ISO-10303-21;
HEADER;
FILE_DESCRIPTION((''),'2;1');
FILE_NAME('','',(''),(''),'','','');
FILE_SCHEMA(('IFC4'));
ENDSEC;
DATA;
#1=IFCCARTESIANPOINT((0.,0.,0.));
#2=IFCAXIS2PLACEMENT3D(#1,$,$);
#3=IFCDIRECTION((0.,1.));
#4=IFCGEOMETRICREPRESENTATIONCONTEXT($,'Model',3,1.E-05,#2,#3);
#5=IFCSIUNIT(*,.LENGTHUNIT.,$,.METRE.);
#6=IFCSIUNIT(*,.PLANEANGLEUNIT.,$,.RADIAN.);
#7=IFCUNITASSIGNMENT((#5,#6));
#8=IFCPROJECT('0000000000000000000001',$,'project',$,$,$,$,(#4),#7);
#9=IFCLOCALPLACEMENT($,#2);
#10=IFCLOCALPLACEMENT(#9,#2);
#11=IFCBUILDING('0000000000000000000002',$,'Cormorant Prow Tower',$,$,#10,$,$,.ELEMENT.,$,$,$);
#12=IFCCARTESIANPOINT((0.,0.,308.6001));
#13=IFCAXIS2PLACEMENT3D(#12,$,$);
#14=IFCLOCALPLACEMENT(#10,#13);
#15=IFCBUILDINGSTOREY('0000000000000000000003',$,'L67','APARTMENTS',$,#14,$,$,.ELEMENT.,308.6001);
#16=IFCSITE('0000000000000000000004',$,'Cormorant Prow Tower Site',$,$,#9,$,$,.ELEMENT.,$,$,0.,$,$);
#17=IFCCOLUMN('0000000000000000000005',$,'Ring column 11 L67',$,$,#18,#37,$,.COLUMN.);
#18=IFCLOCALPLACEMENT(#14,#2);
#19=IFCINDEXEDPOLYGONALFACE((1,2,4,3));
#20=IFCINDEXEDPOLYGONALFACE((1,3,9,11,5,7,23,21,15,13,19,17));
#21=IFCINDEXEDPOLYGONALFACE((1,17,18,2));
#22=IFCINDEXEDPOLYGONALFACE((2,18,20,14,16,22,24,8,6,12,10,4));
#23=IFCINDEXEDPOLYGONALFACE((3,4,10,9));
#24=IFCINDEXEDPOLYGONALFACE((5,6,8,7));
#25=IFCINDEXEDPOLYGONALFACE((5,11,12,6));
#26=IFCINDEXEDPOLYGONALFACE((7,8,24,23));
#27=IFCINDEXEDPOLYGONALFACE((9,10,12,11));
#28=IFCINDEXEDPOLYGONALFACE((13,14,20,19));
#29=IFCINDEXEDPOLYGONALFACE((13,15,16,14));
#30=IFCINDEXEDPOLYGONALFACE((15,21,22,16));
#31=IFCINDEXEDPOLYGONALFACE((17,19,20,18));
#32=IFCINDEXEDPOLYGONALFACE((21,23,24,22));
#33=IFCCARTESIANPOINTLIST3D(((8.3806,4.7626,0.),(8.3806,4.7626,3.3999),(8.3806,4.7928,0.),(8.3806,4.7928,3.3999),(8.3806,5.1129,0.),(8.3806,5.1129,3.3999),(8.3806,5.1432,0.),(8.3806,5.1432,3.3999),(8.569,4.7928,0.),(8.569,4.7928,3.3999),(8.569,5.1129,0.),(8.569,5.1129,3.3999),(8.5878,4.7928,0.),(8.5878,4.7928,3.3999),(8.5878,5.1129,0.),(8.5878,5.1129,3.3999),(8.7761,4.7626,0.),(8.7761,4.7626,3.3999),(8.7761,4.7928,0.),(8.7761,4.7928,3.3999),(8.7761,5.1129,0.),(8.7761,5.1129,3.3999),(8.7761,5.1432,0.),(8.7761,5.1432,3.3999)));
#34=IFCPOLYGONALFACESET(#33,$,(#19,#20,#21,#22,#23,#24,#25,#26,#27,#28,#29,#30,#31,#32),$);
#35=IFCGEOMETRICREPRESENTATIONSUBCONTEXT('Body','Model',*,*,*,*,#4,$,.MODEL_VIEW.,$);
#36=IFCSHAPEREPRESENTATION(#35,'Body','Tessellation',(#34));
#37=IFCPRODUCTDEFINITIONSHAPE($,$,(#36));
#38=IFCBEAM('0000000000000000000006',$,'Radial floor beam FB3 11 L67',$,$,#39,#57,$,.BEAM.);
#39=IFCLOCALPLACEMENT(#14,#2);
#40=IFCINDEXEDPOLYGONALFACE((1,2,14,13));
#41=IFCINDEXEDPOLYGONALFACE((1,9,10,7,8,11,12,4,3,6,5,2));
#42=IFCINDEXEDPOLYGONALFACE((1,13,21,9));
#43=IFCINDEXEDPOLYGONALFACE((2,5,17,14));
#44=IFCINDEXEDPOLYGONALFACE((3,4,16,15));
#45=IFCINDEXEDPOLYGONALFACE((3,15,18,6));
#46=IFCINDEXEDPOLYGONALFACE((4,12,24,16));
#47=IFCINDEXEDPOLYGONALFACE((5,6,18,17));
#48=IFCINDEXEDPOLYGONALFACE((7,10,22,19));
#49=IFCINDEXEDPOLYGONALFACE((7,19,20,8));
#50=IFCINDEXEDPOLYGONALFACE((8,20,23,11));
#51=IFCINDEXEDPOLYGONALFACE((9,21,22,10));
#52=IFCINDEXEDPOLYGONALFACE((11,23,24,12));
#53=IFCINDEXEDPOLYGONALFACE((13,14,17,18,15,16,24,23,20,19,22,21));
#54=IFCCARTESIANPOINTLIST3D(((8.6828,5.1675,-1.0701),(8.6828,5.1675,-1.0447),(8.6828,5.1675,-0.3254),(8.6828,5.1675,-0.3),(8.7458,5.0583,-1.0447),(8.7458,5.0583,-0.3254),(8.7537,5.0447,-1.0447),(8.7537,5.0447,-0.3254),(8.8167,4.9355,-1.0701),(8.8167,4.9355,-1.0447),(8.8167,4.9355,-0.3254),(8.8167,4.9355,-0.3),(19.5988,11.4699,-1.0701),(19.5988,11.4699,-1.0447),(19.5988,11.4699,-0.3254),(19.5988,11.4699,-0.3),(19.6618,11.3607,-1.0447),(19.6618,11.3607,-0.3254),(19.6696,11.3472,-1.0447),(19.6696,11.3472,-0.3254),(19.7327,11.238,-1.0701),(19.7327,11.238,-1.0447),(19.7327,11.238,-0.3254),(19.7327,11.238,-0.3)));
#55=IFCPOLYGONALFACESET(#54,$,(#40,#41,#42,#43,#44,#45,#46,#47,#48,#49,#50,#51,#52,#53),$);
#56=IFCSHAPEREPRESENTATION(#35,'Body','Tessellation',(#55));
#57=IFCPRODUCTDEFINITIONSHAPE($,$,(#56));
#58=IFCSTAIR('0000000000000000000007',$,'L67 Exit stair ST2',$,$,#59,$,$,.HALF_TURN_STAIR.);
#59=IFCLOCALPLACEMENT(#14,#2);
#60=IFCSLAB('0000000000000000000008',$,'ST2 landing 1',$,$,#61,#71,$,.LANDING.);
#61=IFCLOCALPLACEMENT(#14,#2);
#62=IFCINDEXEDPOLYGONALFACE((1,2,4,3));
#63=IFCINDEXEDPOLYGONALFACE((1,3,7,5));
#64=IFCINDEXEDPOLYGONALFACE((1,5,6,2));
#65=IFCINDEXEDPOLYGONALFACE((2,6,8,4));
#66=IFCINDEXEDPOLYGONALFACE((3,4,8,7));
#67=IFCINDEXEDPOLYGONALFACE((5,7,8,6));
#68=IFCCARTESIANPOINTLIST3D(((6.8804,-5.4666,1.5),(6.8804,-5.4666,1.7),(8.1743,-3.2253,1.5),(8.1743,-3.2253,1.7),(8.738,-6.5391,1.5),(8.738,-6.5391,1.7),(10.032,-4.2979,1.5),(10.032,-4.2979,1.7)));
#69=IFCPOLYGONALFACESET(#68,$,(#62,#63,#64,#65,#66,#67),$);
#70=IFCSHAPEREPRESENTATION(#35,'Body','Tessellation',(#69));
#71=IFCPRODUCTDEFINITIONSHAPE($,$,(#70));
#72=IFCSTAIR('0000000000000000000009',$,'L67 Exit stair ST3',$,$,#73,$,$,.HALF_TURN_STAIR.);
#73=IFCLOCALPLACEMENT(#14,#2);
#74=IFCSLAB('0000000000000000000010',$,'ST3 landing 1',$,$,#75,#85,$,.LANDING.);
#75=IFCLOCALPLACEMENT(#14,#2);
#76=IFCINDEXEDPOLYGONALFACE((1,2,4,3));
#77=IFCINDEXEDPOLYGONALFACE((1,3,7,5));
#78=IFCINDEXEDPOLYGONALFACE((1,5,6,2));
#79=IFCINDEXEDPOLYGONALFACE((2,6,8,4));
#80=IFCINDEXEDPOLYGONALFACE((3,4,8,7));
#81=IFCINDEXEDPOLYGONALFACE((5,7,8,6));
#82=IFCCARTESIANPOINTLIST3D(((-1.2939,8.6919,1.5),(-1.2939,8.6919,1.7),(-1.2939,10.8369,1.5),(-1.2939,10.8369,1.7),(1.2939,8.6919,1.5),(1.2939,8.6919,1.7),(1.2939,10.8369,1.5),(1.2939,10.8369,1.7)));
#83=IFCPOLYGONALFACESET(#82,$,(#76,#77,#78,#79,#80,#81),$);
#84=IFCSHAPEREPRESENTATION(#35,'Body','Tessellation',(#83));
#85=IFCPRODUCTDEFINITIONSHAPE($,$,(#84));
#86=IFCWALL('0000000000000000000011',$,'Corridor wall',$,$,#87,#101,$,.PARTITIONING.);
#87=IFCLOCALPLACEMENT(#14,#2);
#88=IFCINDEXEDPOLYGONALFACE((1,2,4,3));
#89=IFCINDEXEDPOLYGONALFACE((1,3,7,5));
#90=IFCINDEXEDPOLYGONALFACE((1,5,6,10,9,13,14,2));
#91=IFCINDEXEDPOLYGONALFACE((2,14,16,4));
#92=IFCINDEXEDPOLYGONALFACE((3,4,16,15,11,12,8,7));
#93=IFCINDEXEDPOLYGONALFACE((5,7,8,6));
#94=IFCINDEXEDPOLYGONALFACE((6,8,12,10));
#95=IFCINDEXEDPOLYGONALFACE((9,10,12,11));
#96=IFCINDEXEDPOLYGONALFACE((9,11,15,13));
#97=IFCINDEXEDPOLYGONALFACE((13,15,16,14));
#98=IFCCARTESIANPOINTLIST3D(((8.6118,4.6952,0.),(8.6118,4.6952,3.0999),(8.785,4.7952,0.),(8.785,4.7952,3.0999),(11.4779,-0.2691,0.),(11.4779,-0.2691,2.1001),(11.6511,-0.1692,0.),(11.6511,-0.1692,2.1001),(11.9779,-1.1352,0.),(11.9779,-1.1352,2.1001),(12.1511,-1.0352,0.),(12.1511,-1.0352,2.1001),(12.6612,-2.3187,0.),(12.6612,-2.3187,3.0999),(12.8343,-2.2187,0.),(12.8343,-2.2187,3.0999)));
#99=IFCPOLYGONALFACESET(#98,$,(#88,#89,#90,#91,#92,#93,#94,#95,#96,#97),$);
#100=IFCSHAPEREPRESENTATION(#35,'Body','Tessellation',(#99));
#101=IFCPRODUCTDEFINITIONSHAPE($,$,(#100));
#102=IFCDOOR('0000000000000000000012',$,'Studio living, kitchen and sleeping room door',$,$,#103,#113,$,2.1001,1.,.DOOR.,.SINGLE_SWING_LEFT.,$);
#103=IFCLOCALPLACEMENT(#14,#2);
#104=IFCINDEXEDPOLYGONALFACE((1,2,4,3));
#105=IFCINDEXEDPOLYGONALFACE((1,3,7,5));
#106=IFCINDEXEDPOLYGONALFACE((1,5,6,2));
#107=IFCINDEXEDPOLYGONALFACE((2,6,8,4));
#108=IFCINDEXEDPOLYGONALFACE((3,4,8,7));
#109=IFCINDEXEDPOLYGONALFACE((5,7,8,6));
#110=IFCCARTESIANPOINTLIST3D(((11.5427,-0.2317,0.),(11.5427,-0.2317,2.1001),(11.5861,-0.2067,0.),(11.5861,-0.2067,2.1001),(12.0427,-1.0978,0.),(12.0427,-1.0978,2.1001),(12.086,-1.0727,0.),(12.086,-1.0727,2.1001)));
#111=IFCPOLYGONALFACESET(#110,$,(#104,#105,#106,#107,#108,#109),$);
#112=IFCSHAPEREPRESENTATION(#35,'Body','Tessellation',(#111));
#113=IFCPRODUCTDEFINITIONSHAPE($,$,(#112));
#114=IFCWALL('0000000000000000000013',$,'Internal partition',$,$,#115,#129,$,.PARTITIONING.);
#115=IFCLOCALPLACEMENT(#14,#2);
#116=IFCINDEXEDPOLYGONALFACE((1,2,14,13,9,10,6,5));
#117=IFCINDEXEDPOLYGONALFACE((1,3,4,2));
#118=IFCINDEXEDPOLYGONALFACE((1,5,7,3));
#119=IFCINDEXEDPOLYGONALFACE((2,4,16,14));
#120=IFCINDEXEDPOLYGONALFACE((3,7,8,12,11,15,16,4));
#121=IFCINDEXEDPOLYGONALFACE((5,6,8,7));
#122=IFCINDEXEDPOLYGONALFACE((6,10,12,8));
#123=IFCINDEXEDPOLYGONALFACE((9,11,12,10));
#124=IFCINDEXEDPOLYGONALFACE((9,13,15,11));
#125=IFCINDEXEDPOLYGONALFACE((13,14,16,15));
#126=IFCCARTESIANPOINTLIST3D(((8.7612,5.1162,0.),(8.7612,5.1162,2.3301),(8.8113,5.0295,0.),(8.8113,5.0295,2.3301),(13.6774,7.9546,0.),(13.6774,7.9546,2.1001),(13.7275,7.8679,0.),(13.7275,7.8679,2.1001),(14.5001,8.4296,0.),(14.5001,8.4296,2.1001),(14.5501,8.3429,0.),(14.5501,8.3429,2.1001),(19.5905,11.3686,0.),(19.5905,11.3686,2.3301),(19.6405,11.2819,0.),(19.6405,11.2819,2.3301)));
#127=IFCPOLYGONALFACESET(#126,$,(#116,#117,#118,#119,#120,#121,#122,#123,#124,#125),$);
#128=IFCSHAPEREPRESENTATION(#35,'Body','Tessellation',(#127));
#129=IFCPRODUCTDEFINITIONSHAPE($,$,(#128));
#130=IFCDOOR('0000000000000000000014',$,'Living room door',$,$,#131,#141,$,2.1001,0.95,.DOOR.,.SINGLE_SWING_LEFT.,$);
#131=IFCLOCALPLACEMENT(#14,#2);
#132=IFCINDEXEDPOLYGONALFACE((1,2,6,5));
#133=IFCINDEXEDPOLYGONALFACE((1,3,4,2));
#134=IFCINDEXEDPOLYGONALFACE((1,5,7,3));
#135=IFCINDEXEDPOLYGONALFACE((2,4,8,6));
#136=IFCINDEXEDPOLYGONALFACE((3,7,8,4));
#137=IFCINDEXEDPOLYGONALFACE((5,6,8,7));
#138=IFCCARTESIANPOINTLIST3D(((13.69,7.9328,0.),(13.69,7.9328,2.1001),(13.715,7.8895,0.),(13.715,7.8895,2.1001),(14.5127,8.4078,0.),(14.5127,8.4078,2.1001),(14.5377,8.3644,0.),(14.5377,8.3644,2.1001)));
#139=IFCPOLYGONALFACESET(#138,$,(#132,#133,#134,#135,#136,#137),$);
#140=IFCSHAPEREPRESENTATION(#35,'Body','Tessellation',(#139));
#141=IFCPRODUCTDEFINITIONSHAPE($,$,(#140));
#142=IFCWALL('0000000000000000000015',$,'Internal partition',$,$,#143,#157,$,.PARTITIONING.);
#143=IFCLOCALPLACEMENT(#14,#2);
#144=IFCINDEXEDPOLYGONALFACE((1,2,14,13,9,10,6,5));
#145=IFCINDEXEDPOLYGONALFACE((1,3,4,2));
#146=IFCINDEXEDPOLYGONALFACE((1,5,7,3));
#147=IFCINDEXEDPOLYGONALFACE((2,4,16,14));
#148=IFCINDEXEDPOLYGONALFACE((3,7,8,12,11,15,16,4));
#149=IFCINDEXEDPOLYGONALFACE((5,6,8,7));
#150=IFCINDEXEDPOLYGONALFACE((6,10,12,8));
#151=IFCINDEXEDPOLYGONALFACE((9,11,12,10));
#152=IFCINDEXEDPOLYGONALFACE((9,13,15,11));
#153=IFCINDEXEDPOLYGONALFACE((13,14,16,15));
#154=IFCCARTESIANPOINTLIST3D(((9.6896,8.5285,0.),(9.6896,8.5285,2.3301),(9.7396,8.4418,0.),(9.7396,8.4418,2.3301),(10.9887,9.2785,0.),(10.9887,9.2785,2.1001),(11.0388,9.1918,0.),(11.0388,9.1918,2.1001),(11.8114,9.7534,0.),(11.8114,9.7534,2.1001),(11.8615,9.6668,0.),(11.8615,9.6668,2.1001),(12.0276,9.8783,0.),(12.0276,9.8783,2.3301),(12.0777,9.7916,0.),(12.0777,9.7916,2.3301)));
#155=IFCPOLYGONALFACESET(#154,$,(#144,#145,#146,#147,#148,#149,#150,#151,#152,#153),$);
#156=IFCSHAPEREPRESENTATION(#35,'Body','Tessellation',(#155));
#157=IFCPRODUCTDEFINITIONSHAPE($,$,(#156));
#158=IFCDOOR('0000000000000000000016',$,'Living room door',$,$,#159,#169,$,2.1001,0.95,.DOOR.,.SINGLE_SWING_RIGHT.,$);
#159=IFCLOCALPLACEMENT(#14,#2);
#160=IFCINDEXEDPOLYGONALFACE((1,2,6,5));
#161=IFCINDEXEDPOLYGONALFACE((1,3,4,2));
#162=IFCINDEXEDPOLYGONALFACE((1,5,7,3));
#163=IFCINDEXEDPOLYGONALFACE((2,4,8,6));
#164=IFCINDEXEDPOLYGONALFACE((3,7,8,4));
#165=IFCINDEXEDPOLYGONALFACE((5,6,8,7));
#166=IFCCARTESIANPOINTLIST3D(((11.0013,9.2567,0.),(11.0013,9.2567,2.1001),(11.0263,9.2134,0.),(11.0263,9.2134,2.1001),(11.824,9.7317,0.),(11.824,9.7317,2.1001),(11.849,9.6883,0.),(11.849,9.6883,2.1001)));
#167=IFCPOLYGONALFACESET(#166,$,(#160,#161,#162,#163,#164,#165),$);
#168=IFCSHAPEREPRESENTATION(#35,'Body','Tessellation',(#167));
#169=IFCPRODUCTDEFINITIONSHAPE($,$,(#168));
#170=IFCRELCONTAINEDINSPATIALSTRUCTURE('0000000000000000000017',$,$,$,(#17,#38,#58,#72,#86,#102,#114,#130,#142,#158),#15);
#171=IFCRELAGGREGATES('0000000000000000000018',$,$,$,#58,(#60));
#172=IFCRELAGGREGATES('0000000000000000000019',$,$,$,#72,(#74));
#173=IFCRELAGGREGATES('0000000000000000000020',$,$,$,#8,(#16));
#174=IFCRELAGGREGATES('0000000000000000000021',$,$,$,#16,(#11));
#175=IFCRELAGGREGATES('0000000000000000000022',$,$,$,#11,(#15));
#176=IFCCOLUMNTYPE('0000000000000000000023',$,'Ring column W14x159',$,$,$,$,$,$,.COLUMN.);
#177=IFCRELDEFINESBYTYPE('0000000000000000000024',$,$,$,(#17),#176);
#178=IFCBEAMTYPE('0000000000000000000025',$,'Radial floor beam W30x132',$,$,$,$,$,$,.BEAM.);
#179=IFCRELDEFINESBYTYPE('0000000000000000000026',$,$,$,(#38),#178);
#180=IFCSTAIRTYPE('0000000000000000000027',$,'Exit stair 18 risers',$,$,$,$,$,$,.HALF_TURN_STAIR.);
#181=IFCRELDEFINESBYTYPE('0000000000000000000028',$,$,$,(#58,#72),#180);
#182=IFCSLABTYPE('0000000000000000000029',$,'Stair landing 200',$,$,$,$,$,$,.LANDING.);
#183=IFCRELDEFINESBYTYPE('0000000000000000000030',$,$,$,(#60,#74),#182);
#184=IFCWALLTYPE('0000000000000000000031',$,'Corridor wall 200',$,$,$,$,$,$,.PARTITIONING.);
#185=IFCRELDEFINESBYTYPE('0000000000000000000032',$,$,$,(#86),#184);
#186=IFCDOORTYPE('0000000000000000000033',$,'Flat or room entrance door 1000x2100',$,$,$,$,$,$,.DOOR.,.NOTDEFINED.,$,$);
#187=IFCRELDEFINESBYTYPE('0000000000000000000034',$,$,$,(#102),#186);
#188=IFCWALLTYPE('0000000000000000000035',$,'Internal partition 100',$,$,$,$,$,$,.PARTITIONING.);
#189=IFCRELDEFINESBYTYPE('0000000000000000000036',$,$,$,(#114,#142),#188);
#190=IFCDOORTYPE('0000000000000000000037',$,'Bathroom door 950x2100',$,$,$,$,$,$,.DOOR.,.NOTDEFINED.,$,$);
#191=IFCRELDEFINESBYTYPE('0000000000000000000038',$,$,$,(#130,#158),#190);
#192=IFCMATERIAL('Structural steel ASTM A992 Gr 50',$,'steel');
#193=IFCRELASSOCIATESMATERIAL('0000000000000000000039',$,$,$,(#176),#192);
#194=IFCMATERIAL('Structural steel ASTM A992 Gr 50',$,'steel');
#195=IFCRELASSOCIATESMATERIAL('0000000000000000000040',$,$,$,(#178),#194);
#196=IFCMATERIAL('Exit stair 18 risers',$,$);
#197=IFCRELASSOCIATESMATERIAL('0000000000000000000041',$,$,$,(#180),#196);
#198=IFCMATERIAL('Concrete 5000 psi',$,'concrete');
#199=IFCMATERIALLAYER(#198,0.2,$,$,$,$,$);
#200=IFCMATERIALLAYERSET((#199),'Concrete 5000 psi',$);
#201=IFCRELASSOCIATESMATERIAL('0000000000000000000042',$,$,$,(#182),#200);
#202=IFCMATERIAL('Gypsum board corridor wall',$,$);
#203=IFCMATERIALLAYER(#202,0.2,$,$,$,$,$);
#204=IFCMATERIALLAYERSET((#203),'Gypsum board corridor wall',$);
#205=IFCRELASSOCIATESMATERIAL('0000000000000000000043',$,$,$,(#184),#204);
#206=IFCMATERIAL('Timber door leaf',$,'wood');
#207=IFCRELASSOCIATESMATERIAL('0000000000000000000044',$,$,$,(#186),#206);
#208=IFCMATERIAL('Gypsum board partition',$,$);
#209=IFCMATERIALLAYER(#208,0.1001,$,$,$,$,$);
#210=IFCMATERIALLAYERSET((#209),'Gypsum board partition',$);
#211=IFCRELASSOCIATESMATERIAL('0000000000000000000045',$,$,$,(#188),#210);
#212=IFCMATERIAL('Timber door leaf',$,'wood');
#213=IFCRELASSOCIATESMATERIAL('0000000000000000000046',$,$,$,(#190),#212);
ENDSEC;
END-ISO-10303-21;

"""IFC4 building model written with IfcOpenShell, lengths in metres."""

from ifc_helpers import new_model, si_unit, direction, frame, frame_2d, origin, origin_2d, place, context, subcontext, project, spatial, polyline, rectangle, i_section, outline, extrude, material, layer, layer_set, material_profile, profile_set, type_object, element, fill, aggregate, save


model = new_model("IFC4")

# Units and contexts
model_context = context("Model", 3, precision=1e-05, world=origin(), true_north=direction((0.0, 1.0)))
body_context = subcontext(model_context, "Body", "Model", "MODEL_VIEW")
ifc_project = project(units=[si_unit("LENGTHUNIT", "METRE"), si_unit("PLANEANGLEUNIT", "RADIAN")], contexts=[model_context])

# Site, building, storey
site_placement = place(None, origin())
site = spatial("IfcSite", under=ifc_project, at=site_placement, Name="Cormorant Prow Tower Site", CompositionType="ELEMENT", RefElevation=0.0)
building_placement = place(site_placement, origin())
building = spatial("IfcBuilding", under=site, at=building_placement, Name="Cormorant Prow Tower", CompositionType="ELEMENT")
storey_placement = place(building_placement, frame((0.0, 0.0, 308.6001)))
storey = spatial("IfcBuildingStorey", under=building, at=storey_placement, Name="L67", Description="APARTMENTS", CompositionType="ELEMENT", Elevation=308.6001)

# Column
ifc_material_1 = material(Name="Structural steel ASTM A992 Gr 50", Category="steel")
ifc_material_profile_1 = material_profile(ifc_material_1, i_section(OverallWidth=0.3955, OverallDepth=0.3806, WebThickness=0.0188, FlangeThickness=0.0303, at=origin_2d()), Name="W14x159")
ifc_profile_set_1 = profile_set([ifc_material_profile_1], Name="Structural steel ASTM A992 Gr 50")
column_type = type_object("IfcColumnType", Name="Ring column W14x159", PredefinedType="COLUMN", material=ifc_profile_set_1)
column_placement = place(storey_placement, frame((8.5784, 4.9529, 0.0), z_axis=(0.0, 0.0, 1.0), x_axis=(1.0, 0.0, 0.0)))
element("IfcColumn", 1, at=column_placement, inside=storey, type_object=column_type, Name="Ring column 11 L67", PredefinedType="COLUMN", context=body_context, shape_type="SweptSolid", body=[
    extrude(i_section(OverallWidth=0.3955, OverallDepth=0.3806, WebThickness=0.0188, FlangeThickness=0.0303, at=origin_2d()), origin(), (0.0, 0.0, 1.0), 3.3999),
])

# Beam
ifc_material_2 = material(Name="Structural steel ASTM A992 Gr 50", Category="steel")
ifc_material_profile_2 = material_profile(ifc_material_2, i_section(OverallWidth=0.2678, OverallDepth=0.77, WebThickness=0.0156, FlangeThickness=0.0254, at=origin_2d()), Name="W30x132")
ifc_profile_set_2 = profile_set([ifc_material_profile_2], Name="Structural steel ASTM A992 Gr 50")
beam_type = type_object("IfcBeamType", Name="Radial floor beam W30x132", PredefinedType="BEAM", material=ifc_profile_set_2)
beam_placement = place(storey_placement, frame((8.7498, 5.0515, -0.6851), z_axis=(0.866021, 0.500007, 0.0), x_axis=(-0.500007, 0.866021, 0.0)))
element("IfcBeam", 2, at=beam_placement, inside=storey, type_object=beam_type, Name="Radial floor beam FB3 11 L67", PredefinedType="BEAM", context=body_context, shape_type="SweptSolid", body=[
    extrude(i_section(OverallWidth=0.2678, OverallDepth=0.77, WebThickness=0.0156, FlangeThickness=0.0254, at=origin_2d()), origin(), (0.0, 0.0, 1.0), 12.6047),
])

# Stairs, slabs
ifc_material_3 = material(Name="Exit stair 18 risers")
stair_type = type_object("IfcStairType", Name="Exit stair 18 risers", PredefinedType="HALF_TURN_STAIR", material=ifc_material_3)
stair_1_placement = place(storey_placement, origin())
stair_1 = element("IfcStair", 3, at=stair_1_placement, inside=storey, type_object=stair_type, Name="L67 Exit stair ST2", PredefinedType="HALF_TURN_STAIR")
ifc_material_4 = material(Name="Concrete 5000 psi", Category="concrete")
ifc_layer_1 = layer(ifc_material_4, 0.2)
ifc_layer_set_1 = layer_set([ifc_layer_1], Name="Concrete 5000 psi")
slab_type = type_object("IfcSlabType", Name="Stair landing 200", PredefinedType="LANDING", material=ifc_layer_set_1)
slab_1_placement = place(storey_placement, frame((0.0, 0.0, 1.5)))
slab_1 = element("IfcSlab", 4, at=slab_1_placement, type_object=slab_type, Name="ST2 landing 1", PredefinedType="LANDING", context=body_context, shape_type="SweptSolid", body=[
    extrude(outline(polyline([(6.8804, -5.4666), (8.738, -6.5391), (10.032, -4.2979), (8.1743, -3.2253), (6.8804, -5.4666)])), origin(), (0.0, 0.0, 1.0), 0.2),
])
aggregate(stair_1, [slab_1])
stair_2_placement = place(storey_placement, origin())
stair_2 = element("IfcStair", 5, at=stair_2_placement, inside=storey, type_object=stair_type, Name="L67 Exit stair ST3", PredefinedType="HALF_TURN_STAIR")
slab_2_placement = place(storey_placement, frame((0.0, 0.0, 1.5)))
slab_2 = element("IfcSlab", 6, at=slab_2_placement, type_object=slab_type, Name="ST3 landing 1", PredefinedType="LANDING", context=body_context, shape_type="SweptSolid", body=[
    extrude(outline(polyline([(1.2939, 8.6919), (1.2939, 10.8369), (-1.2939, 10.8369), (-1.2939, 8.6919), (1.2939, 8.6919)])), origin(), (0.0, 0.0, 1.0), 0.2),
])

# Walls, openings, doors
ifc_material_5 = material(Name="Gypsum board corridor wall")
ifc_layer_2 = layer(ifc_material_5, 0.2)
ifc_layer_set_2 = layer_set([ifc_layer_2], Name="Gypsum board corridor wall")
wall_type_1 = type_object("IfcWallType", Name="Corridor wall 200", PredefinedType="PARTITIONING", material=ifc_layer_set_2)
wall_1_placement = place(storey_placement, frame((8.6985, 4.7451, 0.0), z_axis=(0.0, 0.0, 1.0), x_axis=(0.499984, -0.866034, 0.0)))
wall_1 = element("IfcWall", 7, at=wall_1_placement, inside=storey, type_object=wall_type_1, Name="Corridor wall", PredefinedType="PARTITIONING", context=body_context, shape_type="SweptSolid", body=[
    extrude(rectangle(XDim=8.0989, YDim=0.2, at=frame_2d((4.0493, 0.0))), origin(), (0.0, 0.0, 1.0), 3.0999),
])
opening_1_placement = place(wall_1_placement, frame((5.7322, 0.0, 0.0)))
opening_1 = element("IfcOpeningElement", 8, at=opening_1_placement, cuts=wall_1, PredefinedType="OPENING", context=body_context, shape_type="SweptSolid", body=[
    extrude(rectangle(XDim=1.0, YDim=2.1001, at=frame_2d((0.5, 1.05))), frame((0.0, 0.1099, 0.0), z_axis=(0.0, -1.0, 0.0), x_axis=(1.0, 0.0, 0.0)), (0.0, 0.0, 1.0), 0.22),
])
ifc_material_6 = material(Name="Timber door leaf", Category="wood")
door_type_1 = type_object("IfcDoorType", Name="Flat or room entrance door 1000x2100", OperationType="NOTDEFINED", PredefinedType="DOOR", material=ifc_material_6)
door_1_placement = place(opening_1_placement, origin())
door_1 = element("IfcDoor", 9, at=door_1_placement, inside=storey, type_object=door_type_1, Name="Studio living, kitchen and sleeping room door", OperationType="SINGLE_SWING_LEFT", OverallHeight=2.1001, OverallWidth=1.0, PredefinedType="DOOR", context=body_context, shape_type="SweptSolid", body=[
    extrude(rectangle(XDim=1.0, YDim=2.1001, at=frame_2d((0.5, 1.05))), frame((0.0, 0.0249, 0.0), z_axis=(0.0, -1.0, 0.0), x_axis=(1.0, 0.0, 0.0)), (0.0, 0.0, 1.0), 0.05),
])
fill(opening_1, door_1)
ifc_material_7 = material(Name="Gypsum board partition")
ifc_layer_3 = layer(ifc_material_7, 0.1001)
ifc_layer_set_3 = layer_set([ifc_layer_3], Name="Gypsum board partition")
wall_type_2 = type_object("IfcWallType", Name="Internal partition 100", PredefinedType="PARTITIONING", material=ifc_layer_set_3)
wall_2_placement = place(storey_placement, frame((8.7861, 5.0728, 0.0), z_axis=(0.0, 0.0, 1.0), x_axis=(0.866021, 0.500007, 0.0)))
wall_2 = element("IfcWall", 10, at=wall_2_placement, inside=storey, type_object=wall_type_2, Name="Internal partition", PredefinedType="PARTITIONING", context=body_context, shape_type="SweptSolid", body=[
    extrude(rectangle(XDim=12.5046, YDim=0.1001, at=frame_2d((6.2524, 0.0))), origin(), (0.0, 0.0, 1.0), 2.3301),
])
opening_2_placement = place(wall_2_placement, frame((5.6768, 0.0, 0.0)))
opening_2 = element("IfcOpeningElement", 11, at=opening_2_placement, cuts=wall_2, PredefinedType="OPENING", context=body_context, shape_type="SweptSolid", body=[
    extrude(rectangle(XDim=0.95, YDim=2.1001, at=frame_2d((0.4751, 1.05))), frame((0.0, 0.0601, 0.0), z_axis=(0.0, -1.0, 0.0), x_axis=(1.0, 0.0, 0.0)), (0.0, 0.0, 1.0), 0.1201),
])
ifc_material_8 = material(Name="Timber door leaf", Category="wood")
door_type_2 = type_object("IfcDoorType", Name="Bathroom door 950x2100", OperationType="NOTDEFINED", PredefinedType="DOOR", material=ifc_material_8)
door_2_placement = place(opening_2_placement, origin())
door_2 = element("IfcDoor", 12, at=door_2_placement, inside=storey, type_object=door_type_2, Name="Living room door", OperationType="SINGLE_SWING_LEFT", OverallHeight=2.1001, OverallWidth=0.95, PredefinedType="DOOR", context=body_context, shape_type="SweptSolid", body=[
    extrude(rectangle(XDim=0.95, YDim=2.1001, at=frame_2d((0.4751, 1.05))), frame((0.0, 0.0249, 0.0), z_axis=(0.0, -1.0, 0.0), x_axis=(1.0, 0.0, 0.0)), (0.0, 0.0, 1.0), 0.05),
])
fill(opening_2, door_2)
wall_3_placement = place(storey_placement, frame((9.7146, 8.4851, 0.0), z_axis=(0.0, 0.0, 1.0), x_axis=(0.866037, 0.499981, 0.0)))
wall_3 = element("IfcWall", 13, at=wall_3_placement, inside=storey, type_object=wall_type_2, Name="Internal partition", PredefinedType="PARTITIONING", context=body_context, shape_type="SweptSolid", body=[
    extrude(rectangle(XDim=2.6997, YDim=0.1001, at=frame_2d((1.3499, 0.0))), origin(), (0.0, 0.0, 1.0), 2.3301),
])
opening_3_placement = place(wall_3_placement, frame((1.5, 0.0, 0.0)))
opening_3 = element("IfcOpeningElement", 14, at=opening_3_placement, cuts=wall_3, PredefinedType="OPENING", context=body_context, shape_type="SweptSolid", body=[
    extrude(rectangle(XDim=0.95, YDim=2.1001, at=frame_2d((0.4751, 1.05))), frame((0.0, 0.0601, 0.0), z_axis=(0.0, -1.0, 0.0), x_axis=(1.0, 0.0, 0.0)), (0.0, 0.0, 1.0), 0.1201),
])
door_3_placement = place(opening_3_placement, origin())
door_3 = element("IfcDoor", 15, at=door_3_placement, inside=storey, type_object=door_type_2, Name="Living room door", OperationType="SINGLE_SWING_RIGHT", OverallHeight=2.1001, OverallWidth=0.95, PredefinedType="DOOR", context=body_context, shape_type="SweptSolid", body=[
    extrude(rectangle(XDim=0.95, YDim=2.1001, at=frame_2d((0.4751, 1.05))), frame((0.0, 0.0249, 0.0), z_axis=(0.0, -1.0, 0.0), x_axis=(1.0, 0.0, 0.0)), (0.0, 0.0, 1.0), 0.05),
])
fill(opening_3, door_3)

aggregate(stair_2, [slab_2])

save(model, "model.ifc")
